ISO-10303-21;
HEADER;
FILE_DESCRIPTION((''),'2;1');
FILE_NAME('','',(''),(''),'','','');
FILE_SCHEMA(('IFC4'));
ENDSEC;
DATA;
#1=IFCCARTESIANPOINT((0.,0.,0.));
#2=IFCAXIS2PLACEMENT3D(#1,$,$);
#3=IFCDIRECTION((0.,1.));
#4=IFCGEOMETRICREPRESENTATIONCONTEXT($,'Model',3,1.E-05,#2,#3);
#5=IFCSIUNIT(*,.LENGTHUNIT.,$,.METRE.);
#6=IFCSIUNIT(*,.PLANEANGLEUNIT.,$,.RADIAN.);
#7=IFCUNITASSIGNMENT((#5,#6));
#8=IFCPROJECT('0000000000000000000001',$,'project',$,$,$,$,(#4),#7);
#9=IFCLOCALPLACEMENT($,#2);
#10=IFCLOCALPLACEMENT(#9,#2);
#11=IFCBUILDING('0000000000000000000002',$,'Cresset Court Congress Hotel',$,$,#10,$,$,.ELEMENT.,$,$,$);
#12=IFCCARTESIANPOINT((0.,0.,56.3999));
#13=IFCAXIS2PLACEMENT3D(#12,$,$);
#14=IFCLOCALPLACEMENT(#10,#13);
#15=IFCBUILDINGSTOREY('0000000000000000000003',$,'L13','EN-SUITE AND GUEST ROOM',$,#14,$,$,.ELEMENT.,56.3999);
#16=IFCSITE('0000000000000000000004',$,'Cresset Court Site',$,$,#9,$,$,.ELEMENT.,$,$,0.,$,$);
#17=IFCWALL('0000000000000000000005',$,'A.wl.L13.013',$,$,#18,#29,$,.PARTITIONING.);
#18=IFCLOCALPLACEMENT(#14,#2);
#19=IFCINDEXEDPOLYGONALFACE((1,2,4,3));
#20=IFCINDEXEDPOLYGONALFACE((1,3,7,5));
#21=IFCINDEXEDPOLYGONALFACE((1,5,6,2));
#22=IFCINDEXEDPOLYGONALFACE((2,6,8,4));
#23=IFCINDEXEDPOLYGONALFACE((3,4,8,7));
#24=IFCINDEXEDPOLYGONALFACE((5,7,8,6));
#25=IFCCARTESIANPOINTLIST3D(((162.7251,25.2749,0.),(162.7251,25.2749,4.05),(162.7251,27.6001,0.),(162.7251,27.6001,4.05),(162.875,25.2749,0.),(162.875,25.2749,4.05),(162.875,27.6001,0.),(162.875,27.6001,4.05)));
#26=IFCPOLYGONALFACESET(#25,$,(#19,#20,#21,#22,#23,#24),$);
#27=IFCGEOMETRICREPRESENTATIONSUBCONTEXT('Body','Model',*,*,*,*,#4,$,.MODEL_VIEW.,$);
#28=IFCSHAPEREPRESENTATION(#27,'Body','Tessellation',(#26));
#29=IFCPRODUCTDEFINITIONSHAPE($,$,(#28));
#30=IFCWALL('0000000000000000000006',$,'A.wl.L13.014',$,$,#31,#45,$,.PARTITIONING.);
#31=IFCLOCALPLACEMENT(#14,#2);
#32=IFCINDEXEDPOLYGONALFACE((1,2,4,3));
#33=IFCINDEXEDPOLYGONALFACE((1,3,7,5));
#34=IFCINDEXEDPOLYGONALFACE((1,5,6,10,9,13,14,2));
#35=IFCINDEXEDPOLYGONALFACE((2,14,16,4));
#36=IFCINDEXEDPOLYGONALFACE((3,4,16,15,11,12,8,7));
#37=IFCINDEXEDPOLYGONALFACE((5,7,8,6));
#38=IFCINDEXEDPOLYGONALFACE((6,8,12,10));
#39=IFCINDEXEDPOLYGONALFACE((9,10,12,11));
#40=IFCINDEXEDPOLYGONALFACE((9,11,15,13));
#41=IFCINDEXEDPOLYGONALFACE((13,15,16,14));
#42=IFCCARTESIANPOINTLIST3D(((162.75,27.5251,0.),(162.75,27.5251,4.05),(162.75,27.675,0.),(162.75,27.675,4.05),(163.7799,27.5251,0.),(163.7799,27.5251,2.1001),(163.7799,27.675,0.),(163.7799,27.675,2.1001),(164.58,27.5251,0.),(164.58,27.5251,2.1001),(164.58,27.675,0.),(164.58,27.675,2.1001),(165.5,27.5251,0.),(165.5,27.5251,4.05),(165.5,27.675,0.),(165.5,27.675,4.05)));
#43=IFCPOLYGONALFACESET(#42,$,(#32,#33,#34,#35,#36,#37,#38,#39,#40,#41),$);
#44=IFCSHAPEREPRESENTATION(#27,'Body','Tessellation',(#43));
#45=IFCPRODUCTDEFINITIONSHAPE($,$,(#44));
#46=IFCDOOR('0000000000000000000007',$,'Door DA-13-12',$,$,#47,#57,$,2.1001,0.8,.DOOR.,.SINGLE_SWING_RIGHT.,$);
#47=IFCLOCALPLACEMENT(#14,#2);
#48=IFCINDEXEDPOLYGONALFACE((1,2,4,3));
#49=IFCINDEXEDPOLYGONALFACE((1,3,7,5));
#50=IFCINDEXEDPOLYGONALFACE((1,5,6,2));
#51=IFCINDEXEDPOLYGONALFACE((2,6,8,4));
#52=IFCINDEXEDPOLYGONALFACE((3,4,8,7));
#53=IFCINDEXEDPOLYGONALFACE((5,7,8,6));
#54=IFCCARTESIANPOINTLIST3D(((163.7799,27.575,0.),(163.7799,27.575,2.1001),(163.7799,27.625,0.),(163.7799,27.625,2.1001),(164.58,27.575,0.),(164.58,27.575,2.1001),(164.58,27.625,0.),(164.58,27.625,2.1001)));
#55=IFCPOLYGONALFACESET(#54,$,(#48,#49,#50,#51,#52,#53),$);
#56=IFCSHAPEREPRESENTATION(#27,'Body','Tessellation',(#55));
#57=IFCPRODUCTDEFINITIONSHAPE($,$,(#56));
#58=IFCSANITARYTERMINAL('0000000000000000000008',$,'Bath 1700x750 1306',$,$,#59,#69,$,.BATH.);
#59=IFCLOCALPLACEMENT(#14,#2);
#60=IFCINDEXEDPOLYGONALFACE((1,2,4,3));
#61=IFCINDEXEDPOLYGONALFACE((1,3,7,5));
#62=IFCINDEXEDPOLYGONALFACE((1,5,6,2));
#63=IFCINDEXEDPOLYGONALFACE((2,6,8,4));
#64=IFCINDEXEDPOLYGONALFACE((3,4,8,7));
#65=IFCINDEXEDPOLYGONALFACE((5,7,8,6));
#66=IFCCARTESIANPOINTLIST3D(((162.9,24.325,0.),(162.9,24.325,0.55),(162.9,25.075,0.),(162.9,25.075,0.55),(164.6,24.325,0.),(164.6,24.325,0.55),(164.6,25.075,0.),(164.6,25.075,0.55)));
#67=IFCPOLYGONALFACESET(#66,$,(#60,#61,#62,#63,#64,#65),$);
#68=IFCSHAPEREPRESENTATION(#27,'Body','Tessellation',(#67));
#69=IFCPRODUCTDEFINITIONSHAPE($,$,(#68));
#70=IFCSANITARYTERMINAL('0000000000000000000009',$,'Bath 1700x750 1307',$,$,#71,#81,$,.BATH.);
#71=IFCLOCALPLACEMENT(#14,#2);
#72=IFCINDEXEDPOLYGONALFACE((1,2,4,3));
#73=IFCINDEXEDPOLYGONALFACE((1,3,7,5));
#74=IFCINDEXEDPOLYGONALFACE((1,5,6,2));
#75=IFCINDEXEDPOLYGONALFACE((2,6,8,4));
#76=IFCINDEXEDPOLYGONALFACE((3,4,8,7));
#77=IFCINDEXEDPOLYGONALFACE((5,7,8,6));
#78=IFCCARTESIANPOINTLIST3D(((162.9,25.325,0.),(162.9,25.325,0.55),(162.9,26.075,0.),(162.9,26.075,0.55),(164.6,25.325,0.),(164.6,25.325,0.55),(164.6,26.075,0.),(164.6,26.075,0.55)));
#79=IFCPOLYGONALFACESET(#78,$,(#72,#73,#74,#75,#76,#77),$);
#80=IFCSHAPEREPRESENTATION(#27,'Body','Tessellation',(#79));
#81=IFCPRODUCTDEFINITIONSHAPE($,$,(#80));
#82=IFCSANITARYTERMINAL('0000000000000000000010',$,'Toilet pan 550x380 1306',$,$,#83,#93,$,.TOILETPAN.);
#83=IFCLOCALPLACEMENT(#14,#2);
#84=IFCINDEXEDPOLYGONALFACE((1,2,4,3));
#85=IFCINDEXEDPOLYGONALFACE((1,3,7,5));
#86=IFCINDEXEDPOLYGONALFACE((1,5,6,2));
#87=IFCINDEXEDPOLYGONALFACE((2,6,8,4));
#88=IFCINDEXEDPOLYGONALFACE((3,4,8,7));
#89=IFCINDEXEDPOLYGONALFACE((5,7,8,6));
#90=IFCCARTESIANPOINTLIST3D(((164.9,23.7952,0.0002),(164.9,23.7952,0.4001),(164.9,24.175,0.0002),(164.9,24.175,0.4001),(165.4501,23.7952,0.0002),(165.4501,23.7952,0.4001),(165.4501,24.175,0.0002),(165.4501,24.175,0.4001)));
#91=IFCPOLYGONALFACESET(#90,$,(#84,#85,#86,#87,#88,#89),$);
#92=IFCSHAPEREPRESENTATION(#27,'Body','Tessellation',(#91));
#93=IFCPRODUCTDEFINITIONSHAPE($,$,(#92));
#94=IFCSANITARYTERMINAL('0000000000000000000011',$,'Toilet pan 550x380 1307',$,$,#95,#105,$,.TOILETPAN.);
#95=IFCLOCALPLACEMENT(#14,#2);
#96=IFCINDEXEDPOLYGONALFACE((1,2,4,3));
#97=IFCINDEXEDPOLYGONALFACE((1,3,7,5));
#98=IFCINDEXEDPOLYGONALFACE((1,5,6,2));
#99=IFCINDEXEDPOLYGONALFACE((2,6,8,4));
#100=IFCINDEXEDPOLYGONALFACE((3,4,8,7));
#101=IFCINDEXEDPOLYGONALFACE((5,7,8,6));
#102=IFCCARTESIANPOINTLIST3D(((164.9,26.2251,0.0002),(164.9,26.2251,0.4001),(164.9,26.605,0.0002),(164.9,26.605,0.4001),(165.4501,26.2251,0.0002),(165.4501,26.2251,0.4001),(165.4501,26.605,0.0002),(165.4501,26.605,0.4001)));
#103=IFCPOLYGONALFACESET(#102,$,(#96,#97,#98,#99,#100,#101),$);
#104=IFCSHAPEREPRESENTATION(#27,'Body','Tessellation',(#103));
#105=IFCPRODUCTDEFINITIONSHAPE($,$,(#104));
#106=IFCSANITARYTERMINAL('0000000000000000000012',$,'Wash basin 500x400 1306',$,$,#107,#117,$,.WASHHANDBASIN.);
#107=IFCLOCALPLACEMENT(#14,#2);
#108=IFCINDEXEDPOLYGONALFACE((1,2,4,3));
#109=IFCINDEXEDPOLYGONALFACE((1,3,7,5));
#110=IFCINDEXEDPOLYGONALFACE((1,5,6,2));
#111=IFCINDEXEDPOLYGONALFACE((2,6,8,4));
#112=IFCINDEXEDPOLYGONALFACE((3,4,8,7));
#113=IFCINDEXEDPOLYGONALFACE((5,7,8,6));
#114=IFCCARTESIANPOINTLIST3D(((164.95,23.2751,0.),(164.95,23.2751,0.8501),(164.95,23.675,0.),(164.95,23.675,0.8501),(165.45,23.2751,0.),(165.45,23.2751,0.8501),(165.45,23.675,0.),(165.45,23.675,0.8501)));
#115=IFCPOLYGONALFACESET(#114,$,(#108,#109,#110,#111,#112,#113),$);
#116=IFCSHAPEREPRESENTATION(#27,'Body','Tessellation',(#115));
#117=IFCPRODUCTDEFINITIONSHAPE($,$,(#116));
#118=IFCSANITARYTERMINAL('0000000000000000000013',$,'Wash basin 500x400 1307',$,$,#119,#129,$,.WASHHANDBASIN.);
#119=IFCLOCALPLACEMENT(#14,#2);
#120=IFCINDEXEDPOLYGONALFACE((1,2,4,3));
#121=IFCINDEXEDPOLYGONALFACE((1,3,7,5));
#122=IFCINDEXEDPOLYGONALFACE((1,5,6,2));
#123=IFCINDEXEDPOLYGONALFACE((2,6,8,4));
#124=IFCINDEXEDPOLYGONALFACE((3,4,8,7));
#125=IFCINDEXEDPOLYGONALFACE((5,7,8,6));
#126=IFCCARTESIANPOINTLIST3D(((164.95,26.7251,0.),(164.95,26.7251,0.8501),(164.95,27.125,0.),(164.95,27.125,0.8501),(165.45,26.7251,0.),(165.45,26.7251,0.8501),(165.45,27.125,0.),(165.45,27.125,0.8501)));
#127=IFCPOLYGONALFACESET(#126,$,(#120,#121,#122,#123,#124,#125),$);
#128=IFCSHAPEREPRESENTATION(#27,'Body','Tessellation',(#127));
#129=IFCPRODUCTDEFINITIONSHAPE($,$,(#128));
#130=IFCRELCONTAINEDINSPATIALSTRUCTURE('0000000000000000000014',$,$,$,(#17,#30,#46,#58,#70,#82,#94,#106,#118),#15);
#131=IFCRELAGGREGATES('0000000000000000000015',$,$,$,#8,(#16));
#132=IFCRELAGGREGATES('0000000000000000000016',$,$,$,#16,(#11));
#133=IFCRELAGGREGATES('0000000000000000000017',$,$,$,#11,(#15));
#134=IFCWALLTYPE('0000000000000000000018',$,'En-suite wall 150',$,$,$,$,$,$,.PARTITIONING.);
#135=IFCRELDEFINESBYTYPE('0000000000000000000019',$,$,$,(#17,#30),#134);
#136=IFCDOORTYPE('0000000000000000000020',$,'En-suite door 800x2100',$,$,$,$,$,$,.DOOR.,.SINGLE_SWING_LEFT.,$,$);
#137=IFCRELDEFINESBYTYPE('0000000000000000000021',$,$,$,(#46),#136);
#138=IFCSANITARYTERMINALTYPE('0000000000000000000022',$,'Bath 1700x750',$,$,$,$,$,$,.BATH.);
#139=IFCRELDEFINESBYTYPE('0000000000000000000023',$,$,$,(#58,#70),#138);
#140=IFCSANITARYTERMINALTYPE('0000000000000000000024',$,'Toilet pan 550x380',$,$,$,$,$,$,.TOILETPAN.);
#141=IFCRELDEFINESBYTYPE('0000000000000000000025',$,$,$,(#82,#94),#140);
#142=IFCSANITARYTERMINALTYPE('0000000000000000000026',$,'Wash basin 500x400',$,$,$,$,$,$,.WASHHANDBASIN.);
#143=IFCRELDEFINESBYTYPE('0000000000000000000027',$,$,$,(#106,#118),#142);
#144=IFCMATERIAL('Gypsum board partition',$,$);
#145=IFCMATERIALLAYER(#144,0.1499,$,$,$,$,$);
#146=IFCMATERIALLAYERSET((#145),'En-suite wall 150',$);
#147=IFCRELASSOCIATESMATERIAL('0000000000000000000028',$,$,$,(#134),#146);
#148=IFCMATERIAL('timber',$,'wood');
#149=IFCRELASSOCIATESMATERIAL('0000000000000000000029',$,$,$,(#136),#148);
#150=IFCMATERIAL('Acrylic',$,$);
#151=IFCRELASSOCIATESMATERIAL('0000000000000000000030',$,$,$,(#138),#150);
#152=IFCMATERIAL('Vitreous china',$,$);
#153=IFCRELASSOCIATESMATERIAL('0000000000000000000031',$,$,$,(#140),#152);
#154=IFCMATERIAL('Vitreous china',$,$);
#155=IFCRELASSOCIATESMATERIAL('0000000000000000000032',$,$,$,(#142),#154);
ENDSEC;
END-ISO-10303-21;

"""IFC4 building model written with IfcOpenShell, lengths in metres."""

from ifc_helpers import new_model, si_unit, direction, frame, frame_2d, origin, origin_2d, place, context, subcontext, project, spatial, rectangle, extrude, material, layer, layer_set, type_object, element, fill, save


model = new_model("IFC4")

# Units and contexts
model_context = context("Model", 3, precision=1e-05, world=origin(), true_north=direction((0.0, 1.0)))
body_context = subcontext(model_context, "Body", "Model", "MODEL_VIEW")
ifc_project = project(units=[si_unit("LENGTHUNIT", "METRE"), si_unit("PLANEANGLEUNIT", "RADIAN")], contexts=[model_context])

# Site, building, storey
site_placement = place(None, origin())
site = spatial("IfcSite", under=ifc_project, at=site_placement, Name="Cresset Court Site", CompositionType="ELEMENT", RefElevation=0.0)
building_placement = place(site_placement, origin())
building = spatial("IfcBuilding", under=site, at=building_placement, Name="Cresset Court Congress Hotel", CompositionType="ELEMENT")
storey_placement = place(building_placement, frame((0.0, 0.0, 56.3999)))
storey = spatial("IfcBuildingStorey", under=building, at=storey_placement, Name="L13", Description="EN-SUITE AND GUEST ROOM", CompositionType="ELEMENT", Elevation=56.3999)

# Shared definitions
ifc_material_1 = material(Name="Gypsum board partition")
ifc_layer_1 = layer(ifc_material_1, 0.1499)
ifc_layer_set_1 = layer_set([ifc_layer_1], Name="En-suite wall 150")
wall_type_1 = type_object("IfcWallType", Name="En-suite wall 150", PredefinedType="PARTITIONING", material=ifc_layer_set_1)
ifc_material_2 = material(Name="timber", Category="wood")
door_type_1 = type_object("IfcDoorType", Name="En-suite door 800x2100", OperationType="SINGLE_SWING_LEFT", PredefinedType="DOOR", material=ifc_material_2)

# Wall
wall_1_placement = place(storey_placement, frame((162.8, 25.2749, 0.0), z_axis=(0.0, 0.0, 1.0), x_axis=(0.0, 1.0, 0.0)))
element("IfcWall", 1, at=wall_1_placement, inside=storey, type_object=wall_type_1, Name="A.wl.L13.013", PredefinedType="PARTITIONING", context=body_context, shape_type="SweptSolid", body=[
    extrude(rectangle(XDim=2.3252, YDim=0.1499, at=frame_2d((1.1626, 0.0))), origin(), (0.0, 0.0, 1.0), 4.05),
])

# Wall, opening, door
wall_2_placement = place(storey_placement, frame((162.75, 27.6001, 0.0), z_axis=(0.0, 0.0, 1.0), x_axis=(1.0, 0.0, 0.0)))
wall_2 = element("IfcWall", 2, at=wall_2_placement, inside=storey, type_object=wall_type_1, Name="A.wl.L13.014", PredefinedType="PARTITIONING", context=body_context, shape_type="SweptSolid", body=[
    extrude(rectangle(XDim=2.75, YDim=0.1499, at=frame_2d((1.375, 0.0))), origin(), (0.0, 0.0, 1.0), 4.05),
])
opening_1_placement = place(wall_2_placement, frame((1.03, 0.0, 0.0)))
opening_1 = element("IfcOpeningElement", 3, at=opening_1_placement, cuts=wall_2, PredefinedType="OPENING", context=body_context, shape_type="SweptSolid", body=[
    extrude(rectangle(XDim=0.8, YDim=2.1001, at=frame_2d((0.3999, 1.05))), frame((0.0, 0.085, 0.0), z_axis=(0.0, -1.0, 0.0), x_axis=(1.0, 0.0, 0.0)), (0.0, 0.0, 1.0), 0.1699),
])
door_1_placement = place(opening_1_placement, origin())
door_1 = element("IfcDoor", 4, at=door_1_placement, inside=storey, type_object=door_type_1, Name="Door DA-13-12", OperationType="SINGLE_SWING_RIGHT", OverallHeight=2.1001, OverallWidth=0.8, PredefinedType="DOOR", context=body_context, shape_type="SweptSolid", body=[
    extrude(rectangle(XDim=0.8, YDim=2.1001, at=frame_2d((0.3999, 1.05))), frame((0.0, 0.0249, 0.0), z_axis=(0.0, -1.0, 0.0), x_axis=(1.0, 0.0, 0.0)), (0.0, 0.0, 1.0), 0.05),
])
fill(opening_1, door_1)

# Sanitary terminals
ifc_material_3 = material(Name="Acrylic")
sanitary_terminal_type_1 = type_object("IfcSanitaryTerminalType", Name="Bath 1700x750", PredefinedType="BATH", material=ifc_material_3)
for number, where, z_axis, x_axis, name in (
    (5, (163.75, 24.7, 0.0), (0.0, 0.0, 1.0), (1.0, 0.0, 0.0), "Bath 1700x750 1306"),
    (6, (163.75, 25.7, 0.0), (0.0, 0.0, 1.0), (1.0, 0.0, 0.0), "Bath 1700x750 1307"),
):
    element("IfcSanitaryTerminal", number, at=place(storey_placement, frame(where, z_axis=z_axis, x_axis=x_axis)), inside=storey, type_object=sanitary_terminal_type_1, Name=name, PredefinedType="BATH", context=body_context, shape_type="SweptSolid", body=[
        extrude(rectangle(XDim=1.7, YDim=0.75, at=origin_2d()), origin(), (0.0, 0.0, 1.0), 0.55),
    ])
ifc_material_4 = material(Name="Vitreous china")
sanitary_terminal_type_2 = type_object("IfcSanitaryTerminalType", Name="Toilet pan 550x380", PredefinedType="TOILETPAN", material=ifc_material_4)
for number, where, z_axis, x_axis, name in (
    (7, (165.175, 23.9851, 0.0002), (0.0, 0.0, 1.0), (1.0, 0.0, 0.0), "Toilet pan 550x380 1306"),
    (8, (165.175, 26.415, 0.0002), (0.0, 0.0, 1.0), (1.0, 0.0, 0.0), "Toilet pan 550x380 1307"),
):
    element("IfcSanitaryTerminal", number, at=place(storey_placement, frame(where, z_axis=z_axis, x_axis=x_axis)), inside=storey, type_object=sanitary_terminal_type_2, Name=name, PredefinedType="TOILETPAN", context=body_context, shape_type="SweptSolid", body=[
        extrude(rectangle(XDim=0.55, YDim=0.3799, at=origin_2d()), origin(), (0.0, 0.0, 1.0), 0.3999),
    ])
ifc_material_5 = material(Name="Vitreous china")
sanitary_terminal_type_3 = type_object("IfcSanitaryTerminalType", Name="Wash basin 500x400", PredefinedType="WASHHANDBASIN", material=ifc_material_5)
for number, where, z_axis, x_axis, name in (
    (9, (165.2, 23.4751, 0.0), (0.0, 0.0, 1.0), (1.0, 0.0, 0.0), "Wash basin 500x400 1306"),
    (10, (165.2, 26.925, 0.0), (0.0, 0.0, 1.0), (1.0, 0.0, 0.0), "Wash basin 500x400 1307"),
):
    element("IfcSanitaryTerminal", number, at=place(storey_placement, frame(where, z_axis=z_axis, x_axis=x_axis)), inside=storey, type_object=sanitary_terminal_type_3, Name=name, PredefinedType="WASHHANDBASIN", context=body_context, shape_type="SweptSolid", body=[
        extrude(rectangle(XDim=0.5, YDim=0.3999, at=origin_2d()), origin(), (0.0, 0.0, 1.0), 0.8501),
    ])

save(model, "model.ifc")
